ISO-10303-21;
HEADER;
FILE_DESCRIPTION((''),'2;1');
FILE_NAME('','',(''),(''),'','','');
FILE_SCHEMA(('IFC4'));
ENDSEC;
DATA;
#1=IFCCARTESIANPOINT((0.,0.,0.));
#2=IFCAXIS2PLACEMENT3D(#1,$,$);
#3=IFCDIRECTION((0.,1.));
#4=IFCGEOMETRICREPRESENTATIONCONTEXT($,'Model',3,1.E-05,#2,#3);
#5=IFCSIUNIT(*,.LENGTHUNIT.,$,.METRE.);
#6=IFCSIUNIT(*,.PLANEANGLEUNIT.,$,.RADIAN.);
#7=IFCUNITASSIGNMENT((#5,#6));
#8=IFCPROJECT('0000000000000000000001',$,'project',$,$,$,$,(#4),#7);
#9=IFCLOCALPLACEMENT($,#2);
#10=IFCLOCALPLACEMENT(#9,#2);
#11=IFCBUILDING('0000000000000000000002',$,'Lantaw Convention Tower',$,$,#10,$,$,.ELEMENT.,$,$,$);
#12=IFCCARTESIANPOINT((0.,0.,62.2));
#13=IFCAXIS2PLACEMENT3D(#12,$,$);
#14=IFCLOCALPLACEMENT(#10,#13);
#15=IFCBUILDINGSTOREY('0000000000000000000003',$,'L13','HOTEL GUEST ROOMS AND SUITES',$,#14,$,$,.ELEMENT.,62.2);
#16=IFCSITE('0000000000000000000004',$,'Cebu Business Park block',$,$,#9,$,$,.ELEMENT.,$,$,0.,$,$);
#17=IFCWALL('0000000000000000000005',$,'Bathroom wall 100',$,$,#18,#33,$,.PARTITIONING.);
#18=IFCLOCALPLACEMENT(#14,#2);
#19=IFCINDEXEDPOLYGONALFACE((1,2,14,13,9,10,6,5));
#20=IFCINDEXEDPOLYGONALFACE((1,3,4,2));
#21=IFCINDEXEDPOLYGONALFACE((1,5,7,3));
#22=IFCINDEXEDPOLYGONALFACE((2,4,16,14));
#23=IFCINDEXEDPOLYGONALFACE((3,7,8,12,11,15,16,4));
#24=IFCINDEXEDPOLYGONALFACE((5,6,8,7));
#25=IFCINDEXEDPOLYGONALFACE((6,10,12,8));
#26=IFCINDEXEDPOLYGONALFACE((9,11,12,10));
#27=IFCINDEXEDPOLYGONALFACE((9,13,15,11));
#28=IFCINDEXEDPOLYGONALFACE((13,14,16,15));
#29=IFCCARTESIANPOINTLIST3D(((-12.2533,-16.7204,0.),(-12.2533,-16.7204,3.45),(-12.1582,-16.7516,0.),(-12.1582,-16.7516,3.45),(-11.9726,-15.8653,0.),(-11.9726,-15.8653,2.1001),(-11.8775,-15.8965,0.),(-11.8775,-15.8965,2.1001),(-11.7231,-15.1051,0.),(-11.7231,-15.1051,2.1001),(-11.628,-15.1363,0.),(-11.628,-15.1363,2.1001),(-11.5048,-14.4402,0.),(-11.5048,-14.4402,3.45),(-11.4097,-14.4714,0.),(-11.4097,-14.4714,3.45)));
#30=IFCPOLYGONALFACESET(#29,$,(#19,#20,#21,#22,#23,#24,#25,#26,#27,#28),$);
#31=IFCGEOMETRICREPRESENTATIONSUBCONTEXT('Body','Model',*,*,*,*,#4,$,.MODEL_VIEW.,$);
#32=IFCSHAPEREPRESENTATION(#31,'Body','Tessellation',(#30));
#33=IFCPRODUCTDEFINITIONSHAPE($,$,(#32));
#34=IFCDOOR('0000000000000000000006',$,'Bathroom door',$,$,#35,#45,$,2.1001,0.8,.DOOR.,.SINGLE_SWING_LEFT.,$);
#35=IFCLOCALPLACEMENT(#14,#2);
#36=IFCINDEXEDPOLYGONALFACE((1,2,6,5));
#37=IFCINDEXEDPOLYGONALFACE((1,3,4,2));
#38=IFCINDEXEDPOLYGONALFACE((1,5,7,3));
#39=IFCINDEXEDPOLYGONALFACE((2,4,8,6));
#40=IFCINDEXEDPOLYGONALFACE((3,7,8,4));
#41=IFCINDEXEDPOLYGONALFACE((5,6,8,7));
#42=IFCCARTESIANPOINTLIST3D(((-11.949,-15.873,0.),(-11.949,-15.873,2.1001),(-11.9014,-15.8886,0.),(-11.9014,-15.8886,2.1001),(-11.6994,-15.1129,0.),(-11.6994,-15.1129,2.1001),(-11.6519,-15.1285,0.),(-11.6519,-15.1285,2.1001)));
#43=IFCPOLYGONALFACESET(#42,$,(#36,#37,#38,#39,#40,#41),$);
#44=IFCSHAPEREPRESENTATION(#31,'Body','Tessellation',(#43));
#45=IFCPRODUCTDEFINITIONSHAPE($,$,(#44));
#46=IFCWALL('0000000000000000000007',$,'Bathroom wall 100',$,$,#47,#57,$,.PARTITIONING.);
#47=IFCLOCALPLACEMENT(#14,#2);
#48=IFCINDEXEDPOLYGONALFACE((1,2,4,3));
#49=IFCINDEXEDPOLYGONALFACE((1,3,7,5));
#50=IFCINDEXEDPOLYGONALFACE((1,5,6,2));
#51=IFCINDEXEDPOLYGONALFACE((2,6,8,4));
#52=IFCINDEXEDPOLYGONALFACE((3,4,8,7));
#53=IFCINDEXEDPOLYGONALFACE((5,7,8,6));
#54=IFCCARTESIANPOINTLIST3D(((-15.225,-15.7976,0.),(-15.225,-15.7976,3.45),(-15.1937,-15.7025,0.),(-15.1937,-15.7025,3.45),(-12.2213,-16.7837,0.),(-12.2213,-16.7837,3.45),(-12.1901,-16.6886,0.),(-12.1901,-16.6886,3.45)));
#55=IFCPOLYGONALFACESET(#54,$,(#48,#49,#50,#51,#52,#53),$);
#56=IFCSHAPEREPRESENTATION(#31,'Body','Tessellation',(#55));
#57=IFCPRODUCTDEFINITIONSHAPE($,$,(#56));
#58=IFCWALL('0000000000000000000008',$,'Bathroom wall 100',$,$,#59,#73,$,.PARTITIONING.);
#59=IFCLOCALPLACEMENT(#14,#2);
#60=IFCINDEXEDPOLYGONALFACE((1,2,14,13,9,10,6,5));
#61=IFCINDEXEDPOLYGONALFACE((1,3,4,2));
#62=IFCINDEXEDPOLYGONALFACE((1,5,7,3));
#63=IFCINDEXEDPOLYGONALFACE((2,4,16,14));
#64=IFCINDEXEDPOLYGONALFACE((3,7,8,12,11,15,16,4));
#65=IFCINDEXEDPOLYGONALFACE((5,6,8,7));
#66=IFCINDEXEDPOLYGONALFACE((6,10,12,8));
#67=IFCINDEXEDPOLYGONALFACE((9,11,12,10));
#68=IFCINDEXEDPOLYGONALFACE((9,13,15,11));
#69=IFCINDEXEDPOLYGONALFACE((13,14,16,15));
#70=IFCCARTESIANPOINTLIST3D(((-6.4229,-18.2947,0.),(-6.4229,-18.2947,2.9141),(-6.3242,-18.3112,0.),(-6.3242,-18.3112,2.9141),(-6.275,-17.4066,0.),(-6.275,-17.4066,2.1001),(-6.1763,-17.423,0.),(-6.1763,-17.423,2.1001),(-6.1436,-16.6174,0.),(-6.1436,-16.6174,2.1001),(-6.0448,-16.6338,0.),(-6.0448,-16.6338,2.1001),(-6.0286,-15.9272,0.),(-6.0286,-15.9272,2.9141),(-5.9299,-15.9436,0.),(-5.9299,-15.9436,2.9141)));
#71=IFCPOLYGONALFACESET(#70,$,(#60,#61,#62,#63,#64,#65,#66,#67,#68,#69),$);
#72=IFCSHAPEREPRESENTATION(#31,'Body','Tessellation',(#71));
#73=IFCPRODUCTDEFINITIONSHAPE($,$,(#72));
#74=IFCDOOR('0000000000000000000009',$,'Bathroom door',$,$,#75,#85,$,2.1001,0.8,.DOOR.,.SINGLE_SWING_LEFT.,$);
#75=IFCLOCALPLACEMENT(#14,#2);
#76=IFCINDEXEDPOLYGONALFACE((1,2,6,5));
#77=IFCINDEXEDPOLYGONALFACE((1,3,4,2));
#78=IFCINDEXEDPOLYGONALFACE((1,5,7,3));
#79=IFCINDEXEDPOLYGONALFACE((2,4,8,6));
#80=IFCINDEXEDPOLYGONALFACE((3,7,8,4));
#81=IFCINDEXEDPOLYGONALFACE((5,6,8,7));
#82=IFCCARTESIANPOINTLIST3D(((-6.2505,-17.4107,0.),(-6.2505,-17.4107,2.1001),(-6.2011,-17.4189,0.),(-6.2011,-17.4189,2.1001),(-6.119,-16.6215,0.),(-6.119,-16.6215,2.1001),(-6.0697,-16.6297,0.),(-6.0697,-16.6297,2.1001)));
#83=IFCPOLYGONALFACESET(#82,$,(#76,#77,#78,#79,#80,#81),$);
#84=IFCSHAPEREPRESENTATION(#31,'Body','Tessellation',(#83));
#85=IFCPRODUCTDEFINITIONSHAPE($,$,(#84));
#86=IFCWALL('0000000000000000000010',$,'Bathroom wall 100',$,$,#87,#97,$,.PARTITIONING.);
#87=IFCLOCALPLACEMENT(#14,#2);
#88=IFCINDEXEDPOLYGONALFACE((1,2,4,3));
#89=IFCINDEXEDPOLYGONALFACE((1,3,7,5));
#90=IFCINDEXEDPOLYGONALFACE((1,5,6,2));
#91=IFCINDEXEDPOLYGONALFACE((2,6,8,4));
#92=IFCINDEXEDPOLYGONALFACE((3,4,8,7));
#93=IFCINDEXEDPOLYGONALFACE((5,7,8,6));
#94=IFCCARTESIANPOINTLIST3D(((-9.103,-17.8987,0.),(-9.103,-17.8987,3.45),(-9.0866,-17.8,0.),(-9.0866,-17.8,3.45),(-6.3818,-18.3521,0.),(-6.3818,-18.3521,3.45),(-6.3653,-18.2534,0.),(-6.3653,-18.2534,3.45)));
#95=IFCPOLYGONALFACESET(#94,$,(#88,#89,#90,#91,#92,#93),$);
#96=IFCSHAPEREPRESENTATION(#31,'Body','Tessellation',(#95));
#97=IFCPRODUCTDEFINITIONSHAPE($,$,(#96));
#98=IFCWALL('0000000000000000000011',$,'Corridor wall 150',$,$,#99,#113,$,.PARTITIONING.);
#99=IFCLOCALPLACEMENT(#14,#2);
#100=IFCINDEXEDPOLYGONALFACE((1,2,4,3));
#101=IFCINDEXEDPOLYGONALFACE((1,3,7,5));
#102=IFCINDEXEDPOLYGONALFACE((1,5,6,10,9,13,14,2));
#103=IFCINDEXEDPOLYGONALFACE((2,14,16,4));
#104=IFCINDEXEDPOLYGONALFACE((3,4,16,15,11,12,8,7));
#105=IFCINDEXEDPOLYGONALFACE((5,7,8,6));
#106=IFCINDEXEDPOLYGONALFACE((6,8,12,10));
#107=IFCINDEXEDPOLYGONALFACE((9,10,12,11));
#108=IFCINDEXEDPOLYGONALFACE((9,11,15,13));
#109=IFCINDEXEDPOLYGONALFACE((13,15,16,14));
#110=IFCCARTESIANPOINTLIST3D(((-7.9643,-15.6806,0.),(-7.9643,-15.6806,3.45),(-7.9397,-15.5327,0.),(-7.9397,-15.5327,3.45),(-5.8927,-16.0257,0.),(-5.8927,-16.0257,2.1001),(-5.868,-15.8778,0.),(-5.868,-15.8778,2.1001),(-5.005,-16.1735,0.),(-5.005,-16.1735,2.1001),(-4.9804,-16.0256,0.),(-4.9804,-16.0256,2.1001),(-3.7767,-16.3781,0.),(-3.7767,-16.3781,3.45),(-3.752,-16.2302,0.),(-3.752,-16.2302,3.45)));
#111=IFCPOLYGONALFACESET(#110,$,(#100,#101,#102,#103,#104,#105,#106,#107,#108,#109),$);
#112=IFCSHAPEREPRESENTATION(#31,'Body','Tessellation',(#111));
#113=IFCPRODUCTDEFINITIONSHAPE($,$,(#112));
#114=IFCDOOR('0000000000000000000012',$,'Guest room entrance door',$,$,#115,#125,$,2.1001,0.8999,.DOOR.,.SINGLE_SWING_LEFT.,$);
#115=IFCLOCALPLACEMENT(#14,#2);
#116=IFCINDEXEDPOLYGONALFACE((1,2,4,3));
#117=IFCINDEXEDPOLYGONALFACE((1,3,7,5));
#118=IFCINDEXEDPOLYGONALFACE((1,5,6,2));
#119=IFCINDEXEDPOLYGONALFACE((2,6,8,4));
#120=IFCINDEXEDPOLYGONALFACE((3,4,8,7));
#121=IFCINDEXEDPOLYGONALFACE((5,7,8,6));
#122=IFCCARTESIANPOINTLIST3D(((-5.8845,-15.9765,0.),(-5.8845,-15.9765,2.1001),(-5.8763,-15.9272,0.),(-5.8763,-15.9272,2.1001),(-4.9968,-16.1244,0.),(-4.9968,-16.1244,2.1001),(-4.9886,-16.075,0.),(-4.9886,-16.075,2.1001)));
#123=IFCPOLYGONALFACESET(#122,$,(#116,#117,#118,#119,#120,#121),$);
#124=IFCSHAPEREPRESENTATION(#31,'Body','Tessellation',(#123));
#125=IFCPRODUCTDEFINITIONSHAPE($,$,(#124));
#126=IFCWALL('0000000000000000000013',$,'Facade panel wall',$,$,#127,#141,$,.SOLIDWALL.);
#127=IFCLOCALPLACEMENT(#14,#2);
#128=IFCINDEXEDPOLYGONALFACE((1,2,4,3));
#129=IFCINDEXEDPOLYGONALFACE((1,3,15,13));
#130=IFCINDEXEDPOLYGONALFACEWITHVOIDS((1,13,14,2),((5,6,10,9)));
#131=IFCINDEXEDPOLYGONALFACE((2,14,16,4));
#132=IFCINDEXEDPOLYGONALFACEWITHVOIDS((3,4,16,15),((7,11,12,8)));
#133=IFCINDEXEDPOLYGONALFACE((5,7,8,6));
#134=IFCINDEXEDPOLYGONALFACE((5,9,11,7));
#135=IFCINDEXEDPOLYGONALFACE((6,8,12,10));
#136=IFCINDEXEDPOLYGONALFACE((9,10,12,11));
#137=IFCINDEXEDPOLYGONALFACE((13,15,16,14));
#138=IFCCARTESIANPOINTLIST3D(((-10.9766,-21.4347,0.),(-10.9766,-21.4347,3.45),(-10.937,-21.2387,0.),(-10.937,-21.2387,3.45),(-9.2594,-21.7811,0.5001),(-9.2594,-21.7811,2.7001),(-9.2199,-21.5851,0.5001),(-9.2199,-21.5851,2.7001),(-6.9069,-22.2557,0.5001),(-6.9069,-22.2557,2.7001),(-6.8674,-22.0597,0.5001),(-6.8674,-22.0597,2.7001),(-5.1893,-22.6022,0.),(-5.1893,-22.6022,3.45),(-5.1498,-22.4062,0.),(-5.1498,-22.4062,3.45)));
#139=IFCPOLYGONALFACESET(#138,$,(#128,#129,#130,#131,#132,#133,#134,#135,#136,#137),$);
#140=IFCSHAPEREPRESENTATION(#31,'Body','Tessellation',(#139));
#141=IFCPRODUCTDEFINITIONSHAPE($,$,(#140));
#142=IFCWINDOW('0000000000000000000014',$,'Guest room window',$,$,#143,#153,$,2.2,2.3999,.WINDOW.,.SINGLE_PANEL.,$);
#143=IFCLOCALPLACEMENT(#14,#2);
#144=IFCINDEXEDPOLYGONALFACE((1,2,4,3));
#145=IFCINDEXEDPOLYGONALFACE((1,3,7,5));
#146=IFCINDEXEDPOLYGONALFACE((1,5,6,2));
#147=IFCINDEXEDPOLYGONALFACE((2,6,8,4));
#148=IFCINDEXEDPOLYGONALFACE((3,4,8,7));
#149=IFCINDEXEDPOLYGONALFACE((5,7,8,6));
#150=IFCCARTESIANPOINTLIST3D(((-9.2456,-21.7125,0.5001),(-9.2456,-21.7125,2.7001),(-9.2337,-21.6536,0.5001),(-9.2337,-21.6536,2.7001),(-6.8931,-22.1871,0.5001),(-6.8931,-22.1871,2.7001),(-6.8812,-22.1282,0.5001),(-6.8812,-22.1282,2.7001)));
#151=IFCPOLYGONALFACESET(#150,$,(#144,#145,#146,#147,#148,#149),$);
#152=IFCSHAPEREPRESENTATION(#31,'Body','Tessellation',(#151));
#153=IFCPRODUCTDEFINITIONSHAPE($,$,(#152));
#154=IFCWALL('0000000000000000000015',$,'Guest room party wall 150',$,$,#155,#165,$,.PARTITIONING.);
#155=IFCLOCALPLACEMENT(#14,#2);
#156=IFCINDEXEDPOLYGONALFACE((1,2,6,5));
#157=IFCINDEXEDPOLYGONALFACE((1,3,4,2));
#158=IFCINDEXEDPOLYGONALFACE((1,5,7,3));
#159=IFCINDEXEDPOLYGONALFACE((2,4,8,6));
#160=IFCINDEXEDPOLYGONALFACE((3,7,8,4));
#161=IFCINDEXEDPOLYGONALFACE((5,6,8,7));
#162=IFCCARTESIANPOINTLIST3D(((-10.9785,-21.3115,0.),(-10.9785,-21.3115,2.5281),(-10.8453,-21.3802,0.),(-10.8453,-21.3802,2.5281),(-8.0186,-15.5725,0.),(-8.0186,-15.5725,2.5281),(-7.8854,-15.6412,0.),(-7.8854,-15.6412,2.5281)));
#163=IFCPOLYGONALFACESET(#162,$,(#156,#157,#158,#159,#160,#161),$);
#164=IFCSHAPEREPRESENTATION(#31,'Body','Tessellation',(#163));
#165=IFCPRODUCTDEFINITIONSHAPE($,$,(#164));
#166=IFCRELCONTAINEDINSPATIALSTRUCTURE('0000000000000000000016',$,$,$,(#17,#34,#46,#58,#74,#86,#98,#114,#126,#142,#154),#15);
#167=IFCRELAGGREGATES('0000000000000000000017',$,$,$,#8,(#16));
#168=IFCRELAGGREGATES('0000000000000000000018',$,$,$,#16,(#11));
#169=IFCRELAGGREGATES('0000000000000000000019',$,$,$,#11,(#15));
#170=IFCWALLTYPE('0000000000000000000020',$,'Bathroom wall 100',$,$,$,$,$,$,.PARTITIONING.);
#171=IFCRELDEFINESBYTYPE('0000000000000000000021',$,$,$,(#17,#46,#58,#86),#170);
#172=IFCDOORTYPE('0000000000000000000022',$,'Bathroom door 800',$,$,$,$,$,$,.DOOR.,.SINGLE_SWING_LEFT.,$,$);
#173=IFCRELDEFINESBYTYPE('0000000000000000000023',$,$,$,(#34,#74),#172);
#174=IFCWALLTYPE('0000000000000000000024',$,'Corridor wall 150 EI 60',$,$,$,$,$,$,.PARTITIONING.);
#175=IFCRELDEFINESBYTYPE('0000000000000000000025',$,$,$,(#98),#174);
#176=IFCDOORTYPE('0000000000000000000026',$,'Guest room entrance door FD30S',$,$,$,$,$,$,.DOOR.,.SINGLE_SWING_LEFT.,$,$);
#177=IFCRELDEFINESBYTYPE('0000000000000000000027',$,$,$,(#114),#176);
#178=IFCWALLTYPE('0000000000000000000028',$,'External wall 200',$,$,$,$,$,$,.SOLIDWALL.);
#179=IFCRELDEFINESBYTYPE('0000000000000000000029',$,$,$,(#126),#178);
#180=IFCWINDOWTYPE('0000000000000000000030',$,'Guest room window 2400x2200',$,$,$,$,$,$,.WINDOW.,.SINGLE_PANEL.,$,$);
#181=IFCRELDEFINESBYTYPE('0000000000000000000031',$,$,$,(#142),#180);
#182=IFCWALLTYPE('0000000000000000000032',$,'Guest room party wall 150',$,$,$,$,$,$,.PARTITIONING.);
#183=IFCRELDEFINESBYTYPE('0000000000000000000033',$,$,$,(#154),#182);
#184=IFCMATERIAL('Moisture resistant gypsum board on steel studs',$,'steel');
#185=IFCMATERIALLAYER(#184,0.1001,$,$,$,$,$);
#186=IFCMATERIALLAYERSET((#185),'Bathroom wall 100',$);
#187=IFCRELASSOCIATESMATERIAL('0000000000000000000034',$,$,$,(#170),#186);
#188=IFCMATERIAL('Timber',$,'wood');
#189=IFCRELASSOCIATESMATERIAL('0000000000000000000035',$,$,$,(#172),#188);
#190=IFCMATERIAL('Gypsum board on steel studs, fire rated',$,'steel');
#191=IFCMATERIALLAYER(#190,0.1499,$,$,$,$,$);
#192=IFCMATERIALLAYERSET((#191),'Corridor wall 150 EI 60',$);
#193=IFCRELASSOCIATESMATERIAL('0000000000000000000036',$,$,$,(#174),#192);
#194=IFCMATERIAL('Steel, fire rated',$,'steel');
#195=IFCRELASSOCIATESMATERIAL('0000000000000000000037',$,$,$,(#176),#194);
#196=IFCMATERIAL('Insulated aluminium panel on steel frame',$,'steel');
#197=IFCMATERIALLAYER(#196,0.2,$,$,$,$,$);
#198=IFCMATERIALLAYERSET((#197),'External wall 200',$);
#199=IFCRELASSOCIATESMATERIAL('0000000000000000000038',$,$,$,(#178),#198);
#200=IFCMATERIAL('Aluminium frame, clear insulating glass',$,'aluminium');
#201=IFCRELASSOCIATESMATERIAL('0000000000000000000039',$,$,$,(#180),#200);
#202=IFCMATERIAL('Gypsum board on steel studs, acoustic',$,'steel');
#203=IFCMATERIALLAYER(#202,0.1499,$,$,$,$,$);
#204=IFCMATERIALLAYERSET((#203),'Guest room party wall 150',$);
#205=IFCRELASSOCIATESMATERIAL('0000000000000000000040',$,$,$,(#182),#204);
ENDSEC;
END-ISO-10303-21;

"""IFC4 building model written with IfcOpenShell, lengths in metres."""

from ifc_helpers import new_model, si_unit, direction, frame, frame_2d, origin, place, context, subcontext, project, spatial, rectangle, extrude, material, layer, layer_set, type_object, element, fill, save


model = new_model("IFC4")

# Units and contexts
model_context = context("Model", 3, precision=1e-05, world=origin(), true_north=direction((0.0, 1.0)))
body_context = subcontext(model_context, "Body", "Model", "MODEL_VIEW")
ifc_project = project(units=[si_unit("LENGTHUNIT", "METRE"), si_unit("PLANEANGLEUNIT", "RADIAN")], contexts=[model_context])

# Site, building, storey
site_placement = place(None, origin())
site = spatial("IfcSite", under=ifc_project, at=site_placement, Name="Cebu Business Park block", CompositionType="ELEMENT", RefElevation=0.0)
building_placement = place(site_placement, origin())
building = spatial("IfcBuilding", under=site, at=building_placement, Name="Lantaw Convention Tower", CompositionType="ELEMENT")
storey_placement = place(building_placement, frame((0.0, 0.0, 62.2)))
storey = spatial("IfcBuildingStorey", under=building, at=storey_placement, Name="L13", Description="HOTEL GUEST ROOMS AND SUITES", CompositionType="ELEMENT", Elevation=62.2)

# Wall, opening, door
ifc_material_1 = material(Name="Moisture resistant gypsum board on steel studs", Category="steel")
ifc_layer_1 = layer(ifc_material_1, 0.1001)
ifc_layer_set_1 = layer_set([ifc_layer_1], Name="Bathroom wall 100")
wall_type_1 = type_object("IfcWallType", Name="Bathroom wall 100", PredefinedType="PARTITIONING", material=ifc_layer_set_1)
wall_1_placement = place(storey_placement, frame((-11.4573, -14.4558, 0.0), z_axis=(0.0, 0.0, 1.0), x_axis=(-0.311891, -0.950118, 0.0)))
wall_1 = element("IfcWall", 1, at=wall_1_placement, inside=storey, type_object=wall_type_1, Name="Bathroom wall 100", PredefinedType="PARTITIONING", context=body_context, shape_type="SweptSolid", body=[
    extrude(rectangle(XDim=2.3999, YDim=0.1001, at=frame_2d((1.2, 0.0))), origin(), (0.0, 0.0, 1.0), 3.45),
])
opening_1_placement = place(wall_1_placement, frame((0.7, 0.0, 0.0)))
opening_1 = element("IfcOpeningElement", 2, at=opening_1_placement, cuts=wall_1, PredefinedType="OPENING", context=body_context, shape_type="SweptSolid", body=[
    extrude(rectangle(XDim=0.8, YDim=2.1001, at=frame_2d((0.3999, 1.05))), frame((0.0, 0.0601, 0.0), z_axis=(0.0, -1.0, 0.0), x_axis=(1.0, 0.0, 0.0)), (0.0, 0.0, 1.0), 0.1201),
])
ifc_material_2 = material(Name="Timber", Category="wood")
door_type_1 = type_object("IfcDoorType", Name="Bathroom door 800", OperationType="SINGLE_SWING_LEFT", PredefinedType="DOOR", material=ifc_material_2)
door_1_placement = place(opening_1_placement, origin())
door_1 = element("IfcDoor", 3, at=door_1_placement, inside=storey, type_object=door_type_1, Name="Bathroom door", OperationType="SINGLE_SWING_LEFT", OverallHeight=2.1001, OverallWidth=0.8, PredefinedType="DOOR", context=body_context, shape_type="SweptSolid", body=[
    extrude(rectangle(XDim=0.8, YDim=2.1001, at=frame_2d((0.3999, 1.05))), frame((0.0, 0.0249, 0.0), z_axis=(0.0, -1.0, 0.0), x_axis=(1.0, 0.0, 0.0)), (0.0, 0.0, 1.0), 0.05),
])
fill(opening_1, door_1)

# Wall
wall_2_placement = place(storey_placement, frame((-12.2058, -16.7361, 0.0), z_axis=(0.0, 0.0, 1.0), x_axis=(-0.95011, 0.311915, 0.0)))
element("IfcWall", 4, at=wall_2_placement, inside=storey, type_object=wall_type_1, Name="Bathroom wall 100", PredefinedType="PARTITIONING", context=body_context, shape_type="SweptSolid", body=[
    extrude(rectangle(XDim=3.1614, YDim=0.1001, at=frame_2d((1.5806, 0.0))), origin(), (0.0, 0.0, 1.0), 3.45),
])

# Wall, opening, door
wall_3_placement = place(storey_placement, frame((-5.9792, -15.9353, 0.0), z_axis=(0.0, 0.0, 1.0), x_axis=(-0.164284, -0.986413, 0.0)))
wall_3 = element("IfcWall", 5, at=wall_3_placement, inside=storey, type_object=wall_type_1, Name="Bathroom wall 100", PredefinedType="PARTITIONING", context=body_context, shape_type="SweptSolid", body=[
    extrude(rectangle(XDim=2.4001, YDim=0.1001, at=frame_2d((1.2002, 0.0))), origin(), (0.0, 0.0, 1.0), 2.9141),
])
opening_2_placement = place(wall_3_placement, frame((0.7, 0.0, 0.0)))
opening_2 = element("IfcOpeningElement", 6, at=opening_2_placement, cuts=wall_3, PredefinedType="OPENING", context=body_context, shape_type="SweptSolid", body=[
    extrude(rectangle(XDim=0.8, YDim=2.1001, at=frame_2d((0.3999, 1.05))), frame((0.0, 0.0601, 0.0), z_axis=(0.0, -1.0, 0.0), x_axis=(1.0, 0.0, 0.0)), (0.0, 0.0, 1.0), 0.1201),
])
door_2_placement = place(opening_2_placement, origin())
door_2 = element("IfcDoor", 7, at=door_2_placement, inside=storey, type_object=door_type_1, Name="Bathroom door", OperationType="SINGLE_SWING_LEFT", OverallHeight=2.1001, OverallWidth=0.8, PredefinedType="DOOR", context=body_context, shape_type="SweptSolid", body=[
    extrude(rectangle(XDim=0.8, YDim=2.1001, at=frame_2d((0.3999, 1.05))), frame((0.0, 0.0249, 0.0), z_axis=(0.0, -1.0, 0.0), x_axis=(1.0, 0.0, 0.0)), (0.0, 0.0, 1.0), 0.05),
])
fill(opening_2, door_2)

# Wall
wall_4_placement = place(storey_placement, frame((-6.3735, -18.3027, 0.0), z_axis=(0.0, 0.0, 1.0), x_axis=(-0.986403, 0.164342, 0.0)))
element("IfcWall", 8, at=wall_4_placement, inside=storey, type_object=wall_type_1, Name="Bathroom wall 100", PredefinedType="PARTITIONING", context=body_context, shape_type="SweptSolid", body=[
    extrude(rectangle(XDim=2.7588, YDim=0.1001, at=frame_2d((1.3794, 0.0))), origin(), (0.0, 0.0, 1.0), 3.45),
])

# Wall, opening, door
ifc_material_3 = material(Name="Gypsum board on steel studs, fire rated", Category="steel")
ifc_layer_2 = layer(ifc_material_3, 0.1499)
ifc_layer_set_2 = layer_set([ifc_layer_2], Name="Corridor wall 150 EI 60")
wall_type_2 = type_object("IfcWallType", Name="Corridor wall 150 EI 60", PredefinedType="PARTITIONING", material=ifc_layer_set_2)
wall_5_placement = place(storey_placement, frame((-7.9519, -15.6067, 0.0), z_axis=(0.0, 0.0, 1.0), x_axis=(0.986411, -0.164296, 0.0)))
wall_5 = element("IfcWall", 9, at=wall_5_placement, inside=storey, type_object=wall_type_2, Name="Corridor wall 150", PredefinedType="PARTITIONING", context=body_context, shape_type="SweptSolid", body=[
    extrude(rectangle(XDim=4.2454, YDim=0.1499, at=frame_2d((2.1226, 0.0))), origin(), (0.0, 0.0, 1.0), 3.45),
])
opening_3_placement = place(wall_5_placement, frame((2.1001, 0.0, 0.0)))
opening_3 = element("IfcOpeningElement", 10, at=opening_3_placement, cuts=wall_5, PredefinedType="OPENING", context=body_context, shape_type="SweptSolid", body=[
    extrude(rectangle(XDim=0.8999, YDim=2.1001, at=frame_2d((0.45, 1.05))), frame((0.0, 0.085, 0.0), z_axis=(0.0, -1.0, 0.0), x_axis=(1.0, 0.0, 0.0)), (0.0, 0.0, 1.0), 0.1699),
])
ifc_material_4 = material(Name="Steel, fire rated", Category="steel")
door_type_2 = type_object("IfcDoorType", Name="Guest room entrance door FD30S", OperationType="SINGLE_SWING_LEFT", PredefinedType="DOOR", material=ifc_material_4)
door_3_placement = place(opening_3_placement, origin())
door_3 = element("IfcDoor", 11, at=door_3_placement, inside=storey, type_object=door_type_2, Name="Guest room entrance door", OperationType="SINGLE_SWING_LEFT", OverallHeight=2.1001, OverallWidth=0.8999, PredefinedType="DOOR", context=body_context, shape_type="SweptSolid", body=[
    extrude(rectangle(XDim=0.8999, YDim=2.1001, at=frame_2d((0.45, 1.05))), frame((0.0, 0.0249, 0.0), z_axis=(0.0, -1.0, 0.0), x_axis=(1.0, 0.0, 0.0)), (0.0, 0.0, 1.0), 0.05),
])
fill(opening_3, door_3)

# Wall, opening, window
ifc_material_5 = material(Name="Insulated aluminium panel on steel frame", Category="steel")
ifc_layer_3 = layer(ifc_material_5, 0.2)
ifc_layer_set_3 = layer_set([ifc_layer_3], Name="External wall 200")
wall_type_3 = type_object("IfcWallType", Name="External wall 200", PredefinedType="SOLIDWALL", material=ifc_layer_set_3)
wall_6_placement = place(storey_placement, frame((-10.9568, -21.3367, 0.0), z_axis=(0.0, 0.0, 1.0), x_axis=(0.980252, -0.197754, 0.0)))
wall_6 = element("IfcWall", 12, at=wall_6_placement, inside=storey, type_object=wall_type_3, Name="Facade panel wall", PredefinedType="SOLIDWALL", context=body_context, shape_type="SweptSolid", body=[
    extrude(rectangle(XDim=5.9038, YDim=0.2, at=frame_2d((2.9519, 0.0))), origin(), (0.0, 0.0, 1.0), 3.45),
])
opening_4_placement = place(wall_6_placement, frame((1.7517, 0.0, 0.5)))
opening_4 = element("IfcOpeningElement", 13, at=opening_4_placement, cuts=wall_6, PredefinedType="OPENING", context=body_context, shape_type="SweptSolid", body=[
    extrude(rectangle(XDim=2.3999, YDim=2.2, at=frame_2d((1.2, 1.1001))), frame((0.0, 0.1099, 0.0), z_axis=(0.0, -1.0, 0.0), x_axis=(1.0, 0.0, 0.0)), (0.0, 0.0, 1.0), 0.22),
])
ifc_material_6 = material(Name="Aluminium frame, clear insulating glass", Category="aluminium")
window_type = type_object("IfcWindowType", Name="Guest room window 2400x2200", PartitioningType="SINGLE_PANEL", PredefinedType="WINDOW", material=ifc_material_6)
window_placement = place(opening_4_placement, origin())
window = element("IfcWindow", 14, at=window_placement, inside=storey, type_object=window_type, Name="Guest room window", OverallHeight=2.2, OverallWidth=2.3999, PartitioningType="SINGLE_PANEL", PredefinedType="WINDOW", context=body_context, shape_type="SweptSolid", body=[
    extrude(rectangle(XDim=2.3999, YDim=2.2, at=frame_2d((1.2, 1.1001))), frame((0.0, 0.03, 0.0), z_axis=(0.0, -1.0, 0.0), x_axis=(1.0, 0.0, 0.0)), (0.0, 0.0, 1.0), 0.0601),
])
fill(opening_4, window)

# Wall
ifc_material_7 = material(Name="Gypsum board on steel studs, acoustic", Category="steel")
ifc_layer_4 = layer(ifc_material_7, 0.1499)
ifc_layer_set_4 = layer_set([ifc_layer_4], Name="Guest room party wall 150")
wall_type_4 = type_object("IfcWallType", Name="Guest room party wall 150", PredefinedType="PARTITIONING", material=ifc_layer_set_4)
wall_7_placement = place(storey_placement, frame((-10.9119, -21.3457, 0.0), z_axis=(0.0, 0.0, 1.0), x_axis=(0.458385, 0.888754, 0.0)))
element("IfcWall", 15, at=wall_7_placement, inside=storey, type_object=wall_type_4, Name="Guest room party wall 150", PredefinedType="PARTITIONING", context=body_context, shape_type="SweptSolid", body=[
    extrude(rectangle(XDim=6.4573, YDim=0.1499, at=frame_2d((3.2285, 0.0))), origin(), (0.0, 0.0, 1.0), 2.5281),
])

save(model, "model.ifc")
